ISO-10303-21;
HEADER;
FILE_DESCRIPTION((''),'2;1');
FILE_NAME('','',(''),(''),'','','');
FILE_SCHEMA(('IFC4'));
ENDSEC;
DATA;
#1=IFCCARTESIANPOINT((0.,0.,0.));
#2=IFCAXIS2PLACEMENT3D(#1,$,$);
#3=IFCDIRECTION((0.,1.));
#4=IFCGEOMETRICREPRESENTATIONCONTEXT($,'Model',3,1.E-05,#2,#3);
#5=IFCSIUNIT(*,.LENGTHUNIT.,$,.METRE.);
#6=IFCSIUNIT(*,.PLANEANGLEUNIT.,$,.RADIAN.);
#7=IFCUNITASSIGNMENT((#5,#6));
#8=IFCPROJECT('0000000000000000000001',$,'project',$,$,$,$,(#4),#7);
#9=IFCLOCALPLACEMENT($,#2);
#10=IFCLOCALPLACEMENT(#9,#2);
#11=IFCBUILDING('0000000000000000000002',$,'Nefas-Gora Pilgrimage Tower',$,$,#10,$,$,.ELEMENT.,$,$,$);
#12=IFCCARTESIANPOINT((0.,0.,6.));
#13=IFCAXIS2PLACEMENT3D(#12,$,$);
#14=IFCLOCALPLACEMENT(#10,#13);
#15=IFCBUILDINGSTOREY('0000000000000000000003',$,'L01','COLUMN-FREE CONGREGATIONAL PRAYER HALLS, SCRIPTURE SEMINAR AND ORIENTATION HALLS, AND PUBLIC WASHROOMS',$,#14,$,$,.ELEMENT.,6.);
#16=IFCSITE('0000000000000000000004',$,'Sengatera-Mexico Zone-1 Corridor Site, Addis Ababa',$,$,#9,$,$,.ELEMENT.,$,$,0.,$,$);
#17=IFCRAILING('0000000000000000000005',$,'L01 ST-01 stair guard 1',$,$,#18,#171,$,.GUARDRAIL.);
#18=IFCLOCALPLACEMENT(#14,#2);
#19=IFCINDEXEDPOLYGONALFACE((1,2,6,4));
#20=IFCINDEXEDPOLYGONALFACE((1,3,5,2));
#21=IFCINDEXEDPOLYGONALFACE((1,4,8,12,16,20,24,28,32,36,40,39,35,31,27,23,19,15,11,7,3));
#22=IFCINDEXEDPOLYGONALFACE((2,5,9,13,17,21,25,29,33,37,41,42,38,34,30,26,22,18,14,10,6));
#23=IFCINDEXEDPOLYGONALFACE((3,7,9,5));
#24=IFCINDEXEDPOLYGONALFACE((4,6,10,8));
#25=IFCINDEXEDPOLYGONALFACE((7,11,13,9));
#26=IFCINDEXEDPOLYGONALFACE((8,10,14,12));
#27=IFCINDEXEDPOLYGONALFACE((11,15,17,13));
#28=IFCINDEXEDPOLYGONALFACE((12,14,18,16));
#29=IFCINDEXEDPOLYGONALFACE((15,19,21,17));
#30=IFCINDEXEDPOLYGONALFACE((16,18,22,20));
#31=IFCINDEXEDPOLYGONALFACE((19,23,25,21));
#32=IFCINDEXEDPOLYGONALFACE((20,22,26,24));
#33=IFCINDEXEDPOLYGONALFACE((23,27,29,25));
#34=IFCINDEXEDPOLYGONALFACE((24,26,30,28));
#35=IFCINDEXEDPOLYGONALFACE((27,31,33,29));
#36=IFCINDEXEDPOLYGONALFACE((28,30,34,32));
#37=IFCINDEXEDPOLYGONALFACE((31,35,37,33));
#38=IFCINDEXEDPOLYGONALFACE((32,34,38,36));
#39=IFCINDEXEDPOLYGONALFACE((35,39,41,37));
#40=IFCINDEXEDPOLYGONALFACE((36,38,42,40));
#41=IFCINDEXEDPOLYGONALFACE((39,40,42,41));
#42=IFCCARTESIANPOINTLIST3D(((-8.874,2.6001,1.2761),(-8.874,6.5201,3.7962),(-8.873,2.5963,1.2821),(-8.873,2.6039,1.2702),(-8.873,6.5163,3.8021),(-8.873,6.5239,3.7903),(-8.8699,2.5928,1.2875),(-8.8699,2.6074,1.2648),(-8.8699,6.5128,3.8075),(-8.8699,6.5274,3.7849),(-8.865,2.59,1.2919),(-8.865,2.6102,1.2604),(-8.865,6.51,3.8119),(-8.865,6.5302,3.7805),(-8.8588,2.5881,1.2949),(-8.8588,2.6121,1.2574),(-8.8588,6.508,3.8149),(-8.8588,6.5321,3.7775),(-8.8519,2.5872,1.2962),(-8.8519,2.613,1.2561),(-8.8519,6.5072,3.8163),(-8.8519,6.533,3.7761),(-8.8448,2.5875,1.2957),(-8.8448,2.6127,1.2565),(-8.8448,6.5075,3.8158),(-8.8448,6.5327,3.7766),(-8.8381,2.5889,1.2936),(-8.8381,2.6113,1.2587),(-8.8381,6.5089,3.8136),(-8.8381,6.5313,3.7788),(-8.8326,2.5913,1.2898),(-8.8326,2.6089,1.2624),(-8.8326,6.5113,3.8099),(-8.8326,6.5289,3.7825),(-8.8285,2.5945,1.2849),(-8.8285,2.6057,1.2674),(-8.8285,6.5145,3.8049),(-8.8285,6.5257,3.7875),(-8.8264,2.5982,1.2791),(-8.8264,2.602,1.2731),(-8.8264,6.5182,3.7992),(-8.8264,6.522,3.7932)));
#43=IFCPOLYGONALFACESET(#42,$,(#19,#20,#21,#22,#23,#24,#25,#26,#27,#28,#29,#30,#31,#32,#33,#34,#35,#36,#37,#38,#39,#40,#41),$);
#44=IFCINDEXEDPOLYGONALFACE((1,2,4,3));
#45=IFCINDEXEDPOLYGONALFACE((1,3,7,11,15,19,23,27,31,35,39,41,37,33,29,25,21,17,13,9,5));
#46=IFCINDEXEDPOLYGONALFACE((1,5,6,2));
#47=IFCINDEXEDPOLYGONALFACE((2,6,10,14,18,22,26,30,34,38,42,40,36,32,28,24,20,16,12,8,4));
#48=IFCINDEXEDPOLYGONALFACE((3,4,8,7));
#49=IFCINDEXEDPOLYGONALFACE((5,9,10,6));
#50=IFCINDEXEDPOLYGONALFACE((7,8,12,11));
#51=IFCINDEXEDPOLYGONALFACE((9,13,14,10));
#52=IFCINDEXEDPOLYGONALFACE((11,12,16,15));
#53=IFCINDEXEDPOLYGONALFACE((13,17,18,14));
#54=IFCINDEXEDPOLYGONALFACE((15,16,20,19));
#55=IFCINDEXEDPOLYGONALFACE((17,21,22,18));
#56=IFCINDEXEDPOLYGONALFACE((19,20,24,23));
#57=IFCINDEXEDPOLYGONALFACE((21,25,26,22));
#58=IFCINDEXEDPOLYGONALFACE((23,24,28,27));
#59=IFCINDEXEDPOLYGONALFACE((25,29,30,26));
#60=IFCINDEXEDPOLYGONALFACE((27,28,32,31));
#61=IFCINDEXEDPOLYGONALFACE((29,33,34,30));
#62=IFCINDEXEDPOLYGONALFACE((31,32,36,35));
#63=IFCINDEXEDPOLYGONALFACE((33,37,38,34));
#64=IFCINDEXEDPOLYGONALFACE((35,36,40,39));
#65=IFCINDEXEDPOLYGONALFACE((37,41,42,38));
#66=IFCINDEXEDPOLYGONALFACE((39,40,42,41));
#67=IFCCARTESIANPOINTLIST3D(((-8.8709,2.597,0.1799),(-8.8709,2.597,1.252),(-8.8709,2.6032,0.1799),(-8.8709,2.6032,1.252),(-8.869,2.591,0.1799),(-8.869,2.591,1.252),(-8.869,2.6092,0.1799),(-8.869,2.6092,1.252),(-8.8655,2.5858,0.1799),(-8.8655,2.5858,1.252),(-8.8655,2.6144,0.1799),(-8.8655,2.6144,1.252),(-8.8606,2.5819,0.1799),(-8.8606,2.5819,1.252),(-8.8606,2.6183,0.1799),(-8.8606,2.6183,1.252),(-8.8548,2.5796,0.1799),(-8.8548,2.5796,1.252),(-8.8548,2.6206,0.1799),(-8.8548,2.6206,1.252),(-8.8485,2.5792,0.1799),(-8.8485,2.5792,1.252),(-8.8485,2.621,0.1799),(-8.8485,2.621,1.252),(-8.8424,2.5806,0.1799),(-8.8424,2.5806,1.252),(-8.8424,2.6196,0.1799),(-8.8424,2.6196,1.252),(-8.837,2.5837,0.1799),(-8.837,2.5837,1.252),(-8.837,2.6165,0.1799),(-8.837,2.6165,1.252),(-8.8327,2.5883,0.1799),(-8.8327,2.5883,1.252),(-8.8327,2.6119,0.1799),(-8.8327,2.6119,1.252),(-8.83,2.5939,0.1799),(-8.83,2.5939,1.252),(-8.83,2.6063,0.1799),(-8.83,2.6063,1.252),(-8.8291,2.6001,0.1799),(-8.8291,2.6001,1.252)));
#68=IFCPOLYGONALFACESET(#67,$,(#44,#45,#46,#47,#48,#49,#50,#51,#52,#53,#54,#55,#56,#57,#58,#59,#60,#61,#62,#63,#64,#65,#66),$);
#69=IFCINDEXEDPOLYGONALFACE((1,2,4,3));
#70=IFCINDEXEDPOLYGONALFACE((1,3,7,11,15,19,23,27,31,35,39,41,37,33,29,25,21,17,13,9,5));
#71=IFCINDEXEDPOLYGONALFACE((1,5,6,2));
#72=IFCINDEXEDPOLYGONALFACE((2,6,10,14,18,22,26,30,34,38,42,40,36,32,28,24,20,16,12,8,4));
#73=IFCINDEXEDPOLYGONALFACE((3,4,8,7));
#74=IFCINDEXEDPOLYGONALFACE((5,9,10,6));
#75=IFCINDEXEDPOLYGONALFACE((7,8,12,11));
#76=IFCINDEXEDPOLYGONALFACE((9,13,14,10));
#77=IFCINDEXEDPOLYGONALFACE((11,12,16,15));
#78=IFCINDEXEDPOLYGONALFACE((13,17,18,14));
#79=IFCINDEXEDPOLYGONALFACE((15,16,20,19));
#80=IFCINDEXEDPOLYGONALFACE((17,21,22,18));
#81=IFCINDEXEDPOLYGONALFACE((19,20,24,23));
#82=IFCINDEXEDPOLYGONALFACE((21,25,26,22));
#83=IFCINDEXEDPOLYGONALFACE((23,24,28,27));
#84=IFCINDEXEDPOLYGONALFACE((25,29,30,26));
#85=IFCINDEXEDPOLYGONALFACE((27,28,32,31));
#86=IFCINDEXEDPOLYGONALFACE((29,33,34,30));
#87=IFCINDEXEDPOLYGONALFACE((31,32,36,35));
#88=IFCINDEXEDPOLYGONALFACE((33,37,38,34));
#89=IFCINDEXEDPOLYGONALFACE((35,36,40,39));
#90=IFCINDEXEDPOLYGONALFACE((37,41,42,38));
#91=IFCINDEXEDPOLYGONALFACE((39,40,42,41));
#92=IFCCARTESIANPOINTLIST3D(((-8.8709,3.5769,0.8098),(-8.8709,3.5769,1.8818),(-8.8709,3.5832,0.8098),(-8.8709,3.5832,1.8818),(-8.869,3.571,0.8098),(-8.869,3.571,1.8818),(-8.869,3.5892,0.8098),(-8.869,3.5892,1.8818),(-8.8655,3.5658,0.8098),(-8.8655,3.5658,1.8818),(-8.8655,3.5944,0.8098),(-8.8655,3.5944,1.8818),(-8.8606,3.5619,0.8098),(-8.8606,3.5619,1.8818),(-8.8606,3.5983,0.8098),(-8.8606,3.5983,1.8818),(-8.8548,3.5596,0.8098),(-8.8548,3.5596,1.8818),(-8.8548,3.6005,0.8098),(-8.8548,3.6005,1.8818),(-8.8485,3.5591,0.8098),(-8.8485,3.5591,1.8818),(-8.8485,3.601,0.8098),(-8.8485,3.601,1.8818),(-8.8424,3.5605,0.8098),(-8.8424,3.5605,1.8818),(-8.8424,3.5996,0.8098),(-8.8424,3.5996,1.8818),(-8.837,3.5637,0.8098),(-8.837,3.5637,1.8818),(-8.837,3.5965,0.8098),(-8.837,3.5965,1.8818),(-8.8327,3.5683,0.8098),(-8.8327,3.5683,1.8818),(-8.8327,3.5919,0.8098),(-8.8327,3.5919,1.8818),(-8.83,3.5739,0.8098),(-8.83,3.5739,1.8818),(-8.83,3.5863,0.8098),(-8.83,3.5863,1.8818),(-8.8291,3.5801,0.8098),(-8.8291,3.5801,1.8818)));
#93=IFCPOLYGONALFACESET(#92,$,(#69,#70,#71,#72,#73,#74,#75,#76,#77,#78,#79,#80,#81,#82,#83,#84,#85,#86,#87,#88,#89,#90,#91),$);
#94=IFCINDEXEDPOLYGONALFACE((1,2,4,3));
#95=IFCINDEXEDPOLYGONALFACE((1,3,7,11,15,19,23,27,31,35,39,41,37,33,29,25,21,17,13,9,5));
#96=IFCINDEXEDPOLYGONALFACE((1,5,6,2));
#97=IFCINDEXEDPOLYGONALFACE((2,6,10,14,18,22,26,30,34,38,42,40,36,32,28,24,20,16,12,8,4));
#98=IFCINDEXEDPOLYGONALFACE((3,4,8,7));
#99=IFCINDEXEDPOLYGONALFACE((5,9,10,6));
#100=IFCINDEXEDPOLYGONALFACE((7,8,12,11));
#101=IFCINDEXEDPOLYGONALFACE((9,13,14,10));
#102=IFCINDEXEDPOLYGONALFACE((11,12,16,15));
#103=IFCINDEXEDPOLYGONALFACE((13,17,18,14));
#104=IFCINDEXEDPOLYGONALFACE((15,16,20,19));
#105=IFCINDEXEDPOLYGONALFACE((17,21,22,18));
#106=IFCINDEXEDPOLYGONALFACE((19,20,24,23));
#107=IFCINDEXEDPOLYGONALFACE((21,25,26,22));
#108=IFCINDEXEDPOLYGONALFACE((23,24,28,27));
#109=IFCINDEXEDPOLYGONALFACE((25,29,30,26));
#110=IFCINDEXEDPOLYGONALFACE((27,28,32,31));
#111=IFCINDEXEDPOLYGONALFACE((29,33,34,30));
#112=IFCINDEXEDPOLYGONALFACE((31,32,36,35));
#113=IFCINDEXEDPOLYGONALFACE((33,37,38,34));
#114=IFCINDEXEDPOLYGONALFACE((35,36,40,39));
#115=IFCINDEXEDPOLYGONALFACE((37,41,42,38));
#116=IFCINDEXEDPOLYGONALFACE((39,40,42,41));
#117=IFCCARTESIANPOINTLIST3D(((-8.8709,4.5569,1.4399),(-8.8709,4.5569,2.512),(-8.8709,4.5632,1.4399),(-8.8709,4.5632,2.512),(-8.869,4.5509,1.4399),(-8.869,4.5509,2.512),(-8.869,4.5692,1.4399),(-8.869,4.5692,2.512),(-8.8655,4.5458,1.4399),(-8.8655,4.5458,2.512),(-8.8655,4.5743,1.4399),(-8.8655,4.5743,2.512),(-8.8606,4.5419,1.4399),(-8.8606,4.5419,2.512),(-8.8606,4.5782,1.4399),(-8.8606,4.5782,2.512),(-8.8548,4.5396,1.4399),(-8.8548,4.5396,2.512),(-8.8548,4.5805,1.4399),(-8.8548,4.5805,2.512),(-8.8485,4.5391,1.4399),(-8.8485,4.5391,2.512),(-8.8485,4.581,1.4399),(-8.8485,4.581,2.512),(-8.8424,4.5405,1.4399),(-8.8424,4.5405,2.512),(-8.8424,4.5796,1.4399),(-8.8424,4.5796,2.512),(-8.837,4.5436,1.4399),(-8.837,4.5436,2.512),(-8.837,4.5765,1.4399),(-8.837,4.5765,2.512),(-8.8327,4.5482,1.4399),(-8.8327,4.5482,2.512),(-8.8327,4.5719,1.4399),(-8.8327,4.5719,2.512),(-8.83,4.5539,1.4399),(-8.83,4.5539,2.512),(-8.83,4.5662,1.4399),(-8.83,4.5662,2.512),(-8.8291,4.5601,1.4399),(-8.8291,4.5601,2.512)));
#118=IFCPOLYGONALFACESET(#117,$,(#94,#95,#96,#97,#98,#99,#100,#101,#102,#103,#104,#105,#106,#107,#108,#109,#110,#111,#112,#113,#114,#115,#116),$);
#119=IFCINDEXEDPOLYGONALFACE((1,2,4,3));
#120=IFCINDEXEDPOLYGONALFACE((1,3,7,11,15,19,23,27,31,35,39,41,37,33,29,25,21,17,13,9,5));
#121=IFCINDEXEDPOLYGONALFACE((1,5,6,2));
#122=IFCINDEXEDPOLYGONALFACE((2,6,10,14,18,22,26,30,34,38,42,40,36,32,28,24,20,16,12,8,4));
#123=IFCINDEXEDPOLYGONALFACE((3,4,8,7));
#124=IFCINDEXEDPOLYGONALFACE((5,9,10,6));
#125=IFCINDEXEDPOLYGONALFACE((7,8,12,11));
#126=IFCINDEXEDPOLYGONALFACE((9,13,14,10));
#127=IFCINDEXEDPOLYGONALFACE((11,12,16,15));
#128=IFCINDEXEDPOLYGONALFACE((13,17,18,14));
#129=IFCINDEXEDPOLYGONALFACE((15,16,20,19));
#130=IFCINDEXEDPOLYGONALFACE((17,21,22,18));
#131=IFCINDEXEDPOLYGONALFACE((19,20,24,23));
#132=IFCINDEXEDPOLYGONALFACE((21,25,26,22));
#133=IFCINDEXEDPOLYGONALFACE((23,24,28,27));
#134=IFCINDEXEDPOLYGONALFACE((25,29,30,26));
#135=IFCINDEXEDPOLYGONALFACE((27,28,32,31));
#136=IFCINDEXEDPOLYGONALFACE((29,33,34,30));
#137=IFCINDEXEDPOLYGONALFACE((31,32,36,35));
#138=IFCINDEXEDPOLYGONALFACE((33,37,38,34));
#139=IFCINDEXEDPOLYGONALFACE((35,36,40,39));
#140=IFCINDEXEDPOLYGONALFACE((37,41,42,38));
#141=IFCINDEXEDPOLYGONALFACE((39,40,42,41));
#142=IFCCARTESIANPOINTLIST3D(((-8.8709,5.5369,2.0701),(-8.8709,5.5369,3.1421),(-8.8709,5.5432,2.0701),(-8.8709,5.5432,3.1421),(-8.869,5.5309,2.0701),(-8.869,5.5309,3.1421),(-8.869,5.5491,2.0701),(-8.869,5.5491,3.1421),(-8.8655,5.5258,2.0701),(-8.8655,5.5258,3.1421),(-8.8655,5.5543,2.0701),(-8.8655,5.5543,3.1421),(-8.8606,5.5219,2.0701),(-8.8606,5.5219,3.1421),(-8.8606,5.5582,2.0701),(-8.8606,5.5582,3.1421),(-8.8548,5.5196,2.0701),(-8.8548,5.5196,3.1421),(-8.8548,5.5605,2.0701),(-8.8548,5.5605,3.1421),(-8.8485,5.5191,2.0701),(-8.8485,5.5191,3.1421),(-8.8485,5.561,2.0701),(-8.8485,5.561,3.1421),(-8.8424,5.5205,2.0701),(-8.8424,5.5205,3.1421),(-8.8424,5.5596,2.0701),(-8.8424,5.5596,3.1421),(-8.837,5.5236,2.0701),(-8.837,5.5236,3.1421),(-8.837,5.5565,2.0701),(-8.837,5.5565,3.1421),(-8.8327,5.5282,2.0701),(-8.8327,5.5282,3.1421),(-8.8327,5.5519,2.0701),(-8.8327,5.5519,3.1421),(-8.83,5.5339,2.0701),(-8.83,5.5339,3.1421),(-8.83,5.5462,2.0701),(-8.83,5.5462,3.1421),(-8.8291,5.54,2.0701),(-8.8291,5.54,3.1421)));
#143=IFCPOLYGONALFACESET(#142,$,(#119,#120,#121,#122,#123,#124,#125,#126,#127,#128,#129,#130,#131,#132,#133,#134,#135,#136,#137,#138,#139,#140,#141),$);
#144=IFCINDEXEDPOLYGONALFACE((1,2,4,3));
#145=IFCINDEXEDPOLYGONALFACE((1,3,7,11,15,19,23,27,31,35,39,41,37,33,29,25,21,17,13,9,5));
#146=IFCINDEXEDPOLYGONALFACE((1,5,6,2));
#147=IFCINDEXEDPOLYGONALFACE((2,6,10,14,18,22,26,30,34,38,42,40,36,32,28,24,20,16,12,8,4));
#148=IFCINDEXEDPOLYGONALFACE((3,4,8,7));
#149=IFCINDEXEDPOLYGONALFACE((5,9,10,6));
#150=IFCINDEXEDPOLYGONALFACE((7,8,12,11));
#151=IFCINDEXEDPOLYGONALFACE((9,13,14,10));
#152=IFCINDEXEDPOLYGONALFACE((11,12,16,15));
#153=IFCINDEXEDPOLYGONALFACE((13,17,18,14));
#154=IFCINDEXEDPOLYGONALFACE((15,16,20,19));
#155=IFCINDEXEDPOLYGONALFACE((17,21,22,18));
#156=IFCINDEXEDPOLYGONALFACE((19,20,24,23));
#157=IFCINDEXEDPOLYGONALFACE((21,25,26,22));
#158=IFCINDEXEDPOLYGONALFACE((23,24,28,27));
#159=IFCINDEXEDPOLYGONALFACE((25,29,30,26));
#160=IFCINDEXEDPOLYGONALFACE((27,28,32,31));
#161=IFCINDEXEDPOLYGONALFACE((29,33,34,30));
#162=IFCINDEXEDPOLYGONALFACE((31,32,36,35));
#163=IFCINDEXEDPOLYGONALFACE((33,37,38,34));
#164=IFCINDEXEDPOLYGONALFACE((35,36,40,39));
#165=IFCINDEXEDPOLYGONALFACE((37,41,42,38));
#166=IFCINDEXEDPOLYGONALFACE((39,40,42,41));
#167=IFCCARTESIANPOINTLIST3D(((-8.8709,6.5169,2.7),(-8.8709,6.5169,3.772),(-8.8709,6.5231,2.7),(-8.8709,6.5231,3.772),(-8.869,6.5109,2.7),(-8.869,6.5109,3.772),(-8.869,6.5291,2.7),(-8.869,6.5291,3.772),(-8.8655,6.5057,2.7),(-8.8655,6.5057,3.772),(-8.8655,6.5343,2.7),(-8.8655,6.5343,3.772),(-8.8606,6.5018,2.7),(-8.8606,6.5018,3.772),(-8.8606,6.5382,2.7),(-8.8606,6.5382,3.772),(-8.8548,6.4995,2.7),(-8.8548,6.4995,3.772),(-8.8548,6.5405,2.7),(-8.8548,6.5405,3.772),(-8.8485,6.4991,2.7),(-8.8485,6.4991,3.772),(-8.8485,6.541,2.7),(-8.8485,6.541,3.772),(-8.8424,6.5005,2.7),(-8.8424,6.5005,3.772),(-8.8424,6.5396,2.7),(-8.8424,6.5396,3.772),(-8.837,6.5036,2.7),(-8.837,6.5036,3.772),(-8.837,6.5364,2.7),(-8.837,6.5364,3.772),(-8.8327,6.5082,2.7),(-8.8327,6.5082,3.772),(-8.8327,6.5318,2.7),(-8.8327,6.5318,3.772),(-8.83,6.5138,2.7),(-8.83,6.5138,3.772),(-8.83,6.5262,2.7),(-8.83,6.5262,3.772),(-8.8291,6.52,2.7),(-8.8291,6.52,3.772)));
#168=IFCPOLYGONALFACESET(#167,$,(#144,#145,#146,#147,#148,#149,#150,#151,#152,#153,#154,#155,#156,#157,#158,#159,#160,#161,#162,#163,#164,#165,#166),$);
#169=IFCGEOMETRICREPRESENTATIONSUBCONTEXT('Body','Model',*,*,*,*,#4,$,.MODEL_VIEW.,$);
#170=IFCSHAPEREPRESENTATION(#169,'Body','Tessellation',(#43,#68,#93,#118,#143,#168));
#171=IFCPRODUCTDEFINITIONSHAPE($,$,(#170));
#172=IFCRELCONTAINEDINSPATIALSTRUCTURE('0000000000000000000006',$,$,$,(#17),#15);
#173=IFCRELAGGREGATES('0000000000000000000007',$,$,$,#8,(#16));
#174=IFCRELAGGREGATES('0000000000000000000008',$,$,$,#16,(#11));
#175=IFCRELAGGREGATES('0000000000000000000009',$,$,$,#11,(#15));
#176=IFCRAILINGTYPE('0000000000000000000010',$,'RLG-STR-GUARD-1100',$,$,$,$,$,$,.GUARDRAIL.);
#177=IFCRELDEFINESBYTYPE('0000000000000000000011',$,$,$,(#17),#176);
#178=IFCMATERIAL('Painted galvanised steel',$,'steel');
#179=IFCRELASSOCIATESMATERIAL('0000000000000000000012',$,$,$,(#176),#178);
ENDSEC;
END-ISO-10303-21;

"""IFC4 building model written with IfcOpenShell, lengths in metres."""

from ifc_helpers import new_model, si_unit, direction, frame, origin, origin_2d, place, context, subcontext, project, spatial, circle, extrude, material, type_object, element, save


model = new_model("IFC4")

# Units and contexts
model_context = context("Model", 3, precision=1e-05, world=origin(), true_north=direction((0.0, 1.0)))
body_context = subcontext(model_context, "Body", "Model", "MODEL_VIEW")
ifc_project = project(units=[si_unit("LENGTHUNIT", "METRE"), si_unit("PLANEANGLEUNIT", "RADIAN")], contexts=[model_context])

# Site, building, storey
site_placement = place(None, origin())
site = spatial("IfcSite", under=ifc_project, at=site_placement, Name="Sengatera-Mexico Zone-1 Corridor Site, Addis Ababa", CompositionType="ELEMENT", RefElevation=0.0)
building_placement = place(site_placement, origin())
building = spatial("IfcBuilding", under=site, at=building_placement, Name="Nefas-Gora Pilgrimage Tower", CompositionType="ELEMENT")
storey_placement = place(building_placement, frame((0.0, 0.0, 6.0)))
storey = spatial("IfcBuildingStorey", under=building, at=storey_placement, Name="L01", Description="COLUMN-FREE CONGREGATIONAL PRAYER HALLS, SCRIPTURE SEMINAR AND ORIENTATION HALLS, AND PUBLIC WASHROOMS", CompositionType="ELEMENT", Elevation=6.0)

# Railing
ifc_material_1 = material(Name="Painted galvanised steel", Category="steel")
railing_type_1 = type_object("IfcRailingType", Name="RLG-STR-GUARD-1100", PredefinedType="GUARDRAIL", material=ifc_material_1)
railing_1_placement = place(storey_placement, frame((-8.8501, 2.6001, 0.1799)))
element("IfcRailing", 1, at=railing_1_placement, inside=storey, type_object=railing_type_1, Name="L01 ST-01 stair guard 1", PredefinedType="GUARDRAIL", context=body_context, shape_type="SweptSolid", body=[
    extrude(circle(Radius=0.0239, at=origin_2d()), frame((0.0, 0.0, 1.0962), z_axis=(0.0, 0.841172, 0.540768), x_axis=(-1.0, 0.0, 0.0)), (0.0, 0.0, 1.0), 4.6602),
    extrude(circle(Radius=0.021, at=origin_2d()), origin(), (0.0, 0.0, 1.0), 1.072),
    extrude(circle(Radius=0.021, at=origin_2d()), frame((0.0, 0.98, 0.6299)), (0.0, 0.0, 1.0), 1.072),
    extrude(circle(Radius=0.021, at=origin_2d()), frame((0.0, 1.96, 1.26)), (0.0, 0.0, 1.0), 1.072),
    extrude(circle(Radius=0.021, at=origin_2d()), frame((0.0, 2.9399, 1.8901)), (0.0, 0.0, 1.0), 1.072),
    extrude(circle(Radius=0.021, at=origin_2d()), frame((0.0, 3.9199, 2.52)), (0.0, 0.0, 1.0), 1.072),
])

save(model, "model.ifc")
